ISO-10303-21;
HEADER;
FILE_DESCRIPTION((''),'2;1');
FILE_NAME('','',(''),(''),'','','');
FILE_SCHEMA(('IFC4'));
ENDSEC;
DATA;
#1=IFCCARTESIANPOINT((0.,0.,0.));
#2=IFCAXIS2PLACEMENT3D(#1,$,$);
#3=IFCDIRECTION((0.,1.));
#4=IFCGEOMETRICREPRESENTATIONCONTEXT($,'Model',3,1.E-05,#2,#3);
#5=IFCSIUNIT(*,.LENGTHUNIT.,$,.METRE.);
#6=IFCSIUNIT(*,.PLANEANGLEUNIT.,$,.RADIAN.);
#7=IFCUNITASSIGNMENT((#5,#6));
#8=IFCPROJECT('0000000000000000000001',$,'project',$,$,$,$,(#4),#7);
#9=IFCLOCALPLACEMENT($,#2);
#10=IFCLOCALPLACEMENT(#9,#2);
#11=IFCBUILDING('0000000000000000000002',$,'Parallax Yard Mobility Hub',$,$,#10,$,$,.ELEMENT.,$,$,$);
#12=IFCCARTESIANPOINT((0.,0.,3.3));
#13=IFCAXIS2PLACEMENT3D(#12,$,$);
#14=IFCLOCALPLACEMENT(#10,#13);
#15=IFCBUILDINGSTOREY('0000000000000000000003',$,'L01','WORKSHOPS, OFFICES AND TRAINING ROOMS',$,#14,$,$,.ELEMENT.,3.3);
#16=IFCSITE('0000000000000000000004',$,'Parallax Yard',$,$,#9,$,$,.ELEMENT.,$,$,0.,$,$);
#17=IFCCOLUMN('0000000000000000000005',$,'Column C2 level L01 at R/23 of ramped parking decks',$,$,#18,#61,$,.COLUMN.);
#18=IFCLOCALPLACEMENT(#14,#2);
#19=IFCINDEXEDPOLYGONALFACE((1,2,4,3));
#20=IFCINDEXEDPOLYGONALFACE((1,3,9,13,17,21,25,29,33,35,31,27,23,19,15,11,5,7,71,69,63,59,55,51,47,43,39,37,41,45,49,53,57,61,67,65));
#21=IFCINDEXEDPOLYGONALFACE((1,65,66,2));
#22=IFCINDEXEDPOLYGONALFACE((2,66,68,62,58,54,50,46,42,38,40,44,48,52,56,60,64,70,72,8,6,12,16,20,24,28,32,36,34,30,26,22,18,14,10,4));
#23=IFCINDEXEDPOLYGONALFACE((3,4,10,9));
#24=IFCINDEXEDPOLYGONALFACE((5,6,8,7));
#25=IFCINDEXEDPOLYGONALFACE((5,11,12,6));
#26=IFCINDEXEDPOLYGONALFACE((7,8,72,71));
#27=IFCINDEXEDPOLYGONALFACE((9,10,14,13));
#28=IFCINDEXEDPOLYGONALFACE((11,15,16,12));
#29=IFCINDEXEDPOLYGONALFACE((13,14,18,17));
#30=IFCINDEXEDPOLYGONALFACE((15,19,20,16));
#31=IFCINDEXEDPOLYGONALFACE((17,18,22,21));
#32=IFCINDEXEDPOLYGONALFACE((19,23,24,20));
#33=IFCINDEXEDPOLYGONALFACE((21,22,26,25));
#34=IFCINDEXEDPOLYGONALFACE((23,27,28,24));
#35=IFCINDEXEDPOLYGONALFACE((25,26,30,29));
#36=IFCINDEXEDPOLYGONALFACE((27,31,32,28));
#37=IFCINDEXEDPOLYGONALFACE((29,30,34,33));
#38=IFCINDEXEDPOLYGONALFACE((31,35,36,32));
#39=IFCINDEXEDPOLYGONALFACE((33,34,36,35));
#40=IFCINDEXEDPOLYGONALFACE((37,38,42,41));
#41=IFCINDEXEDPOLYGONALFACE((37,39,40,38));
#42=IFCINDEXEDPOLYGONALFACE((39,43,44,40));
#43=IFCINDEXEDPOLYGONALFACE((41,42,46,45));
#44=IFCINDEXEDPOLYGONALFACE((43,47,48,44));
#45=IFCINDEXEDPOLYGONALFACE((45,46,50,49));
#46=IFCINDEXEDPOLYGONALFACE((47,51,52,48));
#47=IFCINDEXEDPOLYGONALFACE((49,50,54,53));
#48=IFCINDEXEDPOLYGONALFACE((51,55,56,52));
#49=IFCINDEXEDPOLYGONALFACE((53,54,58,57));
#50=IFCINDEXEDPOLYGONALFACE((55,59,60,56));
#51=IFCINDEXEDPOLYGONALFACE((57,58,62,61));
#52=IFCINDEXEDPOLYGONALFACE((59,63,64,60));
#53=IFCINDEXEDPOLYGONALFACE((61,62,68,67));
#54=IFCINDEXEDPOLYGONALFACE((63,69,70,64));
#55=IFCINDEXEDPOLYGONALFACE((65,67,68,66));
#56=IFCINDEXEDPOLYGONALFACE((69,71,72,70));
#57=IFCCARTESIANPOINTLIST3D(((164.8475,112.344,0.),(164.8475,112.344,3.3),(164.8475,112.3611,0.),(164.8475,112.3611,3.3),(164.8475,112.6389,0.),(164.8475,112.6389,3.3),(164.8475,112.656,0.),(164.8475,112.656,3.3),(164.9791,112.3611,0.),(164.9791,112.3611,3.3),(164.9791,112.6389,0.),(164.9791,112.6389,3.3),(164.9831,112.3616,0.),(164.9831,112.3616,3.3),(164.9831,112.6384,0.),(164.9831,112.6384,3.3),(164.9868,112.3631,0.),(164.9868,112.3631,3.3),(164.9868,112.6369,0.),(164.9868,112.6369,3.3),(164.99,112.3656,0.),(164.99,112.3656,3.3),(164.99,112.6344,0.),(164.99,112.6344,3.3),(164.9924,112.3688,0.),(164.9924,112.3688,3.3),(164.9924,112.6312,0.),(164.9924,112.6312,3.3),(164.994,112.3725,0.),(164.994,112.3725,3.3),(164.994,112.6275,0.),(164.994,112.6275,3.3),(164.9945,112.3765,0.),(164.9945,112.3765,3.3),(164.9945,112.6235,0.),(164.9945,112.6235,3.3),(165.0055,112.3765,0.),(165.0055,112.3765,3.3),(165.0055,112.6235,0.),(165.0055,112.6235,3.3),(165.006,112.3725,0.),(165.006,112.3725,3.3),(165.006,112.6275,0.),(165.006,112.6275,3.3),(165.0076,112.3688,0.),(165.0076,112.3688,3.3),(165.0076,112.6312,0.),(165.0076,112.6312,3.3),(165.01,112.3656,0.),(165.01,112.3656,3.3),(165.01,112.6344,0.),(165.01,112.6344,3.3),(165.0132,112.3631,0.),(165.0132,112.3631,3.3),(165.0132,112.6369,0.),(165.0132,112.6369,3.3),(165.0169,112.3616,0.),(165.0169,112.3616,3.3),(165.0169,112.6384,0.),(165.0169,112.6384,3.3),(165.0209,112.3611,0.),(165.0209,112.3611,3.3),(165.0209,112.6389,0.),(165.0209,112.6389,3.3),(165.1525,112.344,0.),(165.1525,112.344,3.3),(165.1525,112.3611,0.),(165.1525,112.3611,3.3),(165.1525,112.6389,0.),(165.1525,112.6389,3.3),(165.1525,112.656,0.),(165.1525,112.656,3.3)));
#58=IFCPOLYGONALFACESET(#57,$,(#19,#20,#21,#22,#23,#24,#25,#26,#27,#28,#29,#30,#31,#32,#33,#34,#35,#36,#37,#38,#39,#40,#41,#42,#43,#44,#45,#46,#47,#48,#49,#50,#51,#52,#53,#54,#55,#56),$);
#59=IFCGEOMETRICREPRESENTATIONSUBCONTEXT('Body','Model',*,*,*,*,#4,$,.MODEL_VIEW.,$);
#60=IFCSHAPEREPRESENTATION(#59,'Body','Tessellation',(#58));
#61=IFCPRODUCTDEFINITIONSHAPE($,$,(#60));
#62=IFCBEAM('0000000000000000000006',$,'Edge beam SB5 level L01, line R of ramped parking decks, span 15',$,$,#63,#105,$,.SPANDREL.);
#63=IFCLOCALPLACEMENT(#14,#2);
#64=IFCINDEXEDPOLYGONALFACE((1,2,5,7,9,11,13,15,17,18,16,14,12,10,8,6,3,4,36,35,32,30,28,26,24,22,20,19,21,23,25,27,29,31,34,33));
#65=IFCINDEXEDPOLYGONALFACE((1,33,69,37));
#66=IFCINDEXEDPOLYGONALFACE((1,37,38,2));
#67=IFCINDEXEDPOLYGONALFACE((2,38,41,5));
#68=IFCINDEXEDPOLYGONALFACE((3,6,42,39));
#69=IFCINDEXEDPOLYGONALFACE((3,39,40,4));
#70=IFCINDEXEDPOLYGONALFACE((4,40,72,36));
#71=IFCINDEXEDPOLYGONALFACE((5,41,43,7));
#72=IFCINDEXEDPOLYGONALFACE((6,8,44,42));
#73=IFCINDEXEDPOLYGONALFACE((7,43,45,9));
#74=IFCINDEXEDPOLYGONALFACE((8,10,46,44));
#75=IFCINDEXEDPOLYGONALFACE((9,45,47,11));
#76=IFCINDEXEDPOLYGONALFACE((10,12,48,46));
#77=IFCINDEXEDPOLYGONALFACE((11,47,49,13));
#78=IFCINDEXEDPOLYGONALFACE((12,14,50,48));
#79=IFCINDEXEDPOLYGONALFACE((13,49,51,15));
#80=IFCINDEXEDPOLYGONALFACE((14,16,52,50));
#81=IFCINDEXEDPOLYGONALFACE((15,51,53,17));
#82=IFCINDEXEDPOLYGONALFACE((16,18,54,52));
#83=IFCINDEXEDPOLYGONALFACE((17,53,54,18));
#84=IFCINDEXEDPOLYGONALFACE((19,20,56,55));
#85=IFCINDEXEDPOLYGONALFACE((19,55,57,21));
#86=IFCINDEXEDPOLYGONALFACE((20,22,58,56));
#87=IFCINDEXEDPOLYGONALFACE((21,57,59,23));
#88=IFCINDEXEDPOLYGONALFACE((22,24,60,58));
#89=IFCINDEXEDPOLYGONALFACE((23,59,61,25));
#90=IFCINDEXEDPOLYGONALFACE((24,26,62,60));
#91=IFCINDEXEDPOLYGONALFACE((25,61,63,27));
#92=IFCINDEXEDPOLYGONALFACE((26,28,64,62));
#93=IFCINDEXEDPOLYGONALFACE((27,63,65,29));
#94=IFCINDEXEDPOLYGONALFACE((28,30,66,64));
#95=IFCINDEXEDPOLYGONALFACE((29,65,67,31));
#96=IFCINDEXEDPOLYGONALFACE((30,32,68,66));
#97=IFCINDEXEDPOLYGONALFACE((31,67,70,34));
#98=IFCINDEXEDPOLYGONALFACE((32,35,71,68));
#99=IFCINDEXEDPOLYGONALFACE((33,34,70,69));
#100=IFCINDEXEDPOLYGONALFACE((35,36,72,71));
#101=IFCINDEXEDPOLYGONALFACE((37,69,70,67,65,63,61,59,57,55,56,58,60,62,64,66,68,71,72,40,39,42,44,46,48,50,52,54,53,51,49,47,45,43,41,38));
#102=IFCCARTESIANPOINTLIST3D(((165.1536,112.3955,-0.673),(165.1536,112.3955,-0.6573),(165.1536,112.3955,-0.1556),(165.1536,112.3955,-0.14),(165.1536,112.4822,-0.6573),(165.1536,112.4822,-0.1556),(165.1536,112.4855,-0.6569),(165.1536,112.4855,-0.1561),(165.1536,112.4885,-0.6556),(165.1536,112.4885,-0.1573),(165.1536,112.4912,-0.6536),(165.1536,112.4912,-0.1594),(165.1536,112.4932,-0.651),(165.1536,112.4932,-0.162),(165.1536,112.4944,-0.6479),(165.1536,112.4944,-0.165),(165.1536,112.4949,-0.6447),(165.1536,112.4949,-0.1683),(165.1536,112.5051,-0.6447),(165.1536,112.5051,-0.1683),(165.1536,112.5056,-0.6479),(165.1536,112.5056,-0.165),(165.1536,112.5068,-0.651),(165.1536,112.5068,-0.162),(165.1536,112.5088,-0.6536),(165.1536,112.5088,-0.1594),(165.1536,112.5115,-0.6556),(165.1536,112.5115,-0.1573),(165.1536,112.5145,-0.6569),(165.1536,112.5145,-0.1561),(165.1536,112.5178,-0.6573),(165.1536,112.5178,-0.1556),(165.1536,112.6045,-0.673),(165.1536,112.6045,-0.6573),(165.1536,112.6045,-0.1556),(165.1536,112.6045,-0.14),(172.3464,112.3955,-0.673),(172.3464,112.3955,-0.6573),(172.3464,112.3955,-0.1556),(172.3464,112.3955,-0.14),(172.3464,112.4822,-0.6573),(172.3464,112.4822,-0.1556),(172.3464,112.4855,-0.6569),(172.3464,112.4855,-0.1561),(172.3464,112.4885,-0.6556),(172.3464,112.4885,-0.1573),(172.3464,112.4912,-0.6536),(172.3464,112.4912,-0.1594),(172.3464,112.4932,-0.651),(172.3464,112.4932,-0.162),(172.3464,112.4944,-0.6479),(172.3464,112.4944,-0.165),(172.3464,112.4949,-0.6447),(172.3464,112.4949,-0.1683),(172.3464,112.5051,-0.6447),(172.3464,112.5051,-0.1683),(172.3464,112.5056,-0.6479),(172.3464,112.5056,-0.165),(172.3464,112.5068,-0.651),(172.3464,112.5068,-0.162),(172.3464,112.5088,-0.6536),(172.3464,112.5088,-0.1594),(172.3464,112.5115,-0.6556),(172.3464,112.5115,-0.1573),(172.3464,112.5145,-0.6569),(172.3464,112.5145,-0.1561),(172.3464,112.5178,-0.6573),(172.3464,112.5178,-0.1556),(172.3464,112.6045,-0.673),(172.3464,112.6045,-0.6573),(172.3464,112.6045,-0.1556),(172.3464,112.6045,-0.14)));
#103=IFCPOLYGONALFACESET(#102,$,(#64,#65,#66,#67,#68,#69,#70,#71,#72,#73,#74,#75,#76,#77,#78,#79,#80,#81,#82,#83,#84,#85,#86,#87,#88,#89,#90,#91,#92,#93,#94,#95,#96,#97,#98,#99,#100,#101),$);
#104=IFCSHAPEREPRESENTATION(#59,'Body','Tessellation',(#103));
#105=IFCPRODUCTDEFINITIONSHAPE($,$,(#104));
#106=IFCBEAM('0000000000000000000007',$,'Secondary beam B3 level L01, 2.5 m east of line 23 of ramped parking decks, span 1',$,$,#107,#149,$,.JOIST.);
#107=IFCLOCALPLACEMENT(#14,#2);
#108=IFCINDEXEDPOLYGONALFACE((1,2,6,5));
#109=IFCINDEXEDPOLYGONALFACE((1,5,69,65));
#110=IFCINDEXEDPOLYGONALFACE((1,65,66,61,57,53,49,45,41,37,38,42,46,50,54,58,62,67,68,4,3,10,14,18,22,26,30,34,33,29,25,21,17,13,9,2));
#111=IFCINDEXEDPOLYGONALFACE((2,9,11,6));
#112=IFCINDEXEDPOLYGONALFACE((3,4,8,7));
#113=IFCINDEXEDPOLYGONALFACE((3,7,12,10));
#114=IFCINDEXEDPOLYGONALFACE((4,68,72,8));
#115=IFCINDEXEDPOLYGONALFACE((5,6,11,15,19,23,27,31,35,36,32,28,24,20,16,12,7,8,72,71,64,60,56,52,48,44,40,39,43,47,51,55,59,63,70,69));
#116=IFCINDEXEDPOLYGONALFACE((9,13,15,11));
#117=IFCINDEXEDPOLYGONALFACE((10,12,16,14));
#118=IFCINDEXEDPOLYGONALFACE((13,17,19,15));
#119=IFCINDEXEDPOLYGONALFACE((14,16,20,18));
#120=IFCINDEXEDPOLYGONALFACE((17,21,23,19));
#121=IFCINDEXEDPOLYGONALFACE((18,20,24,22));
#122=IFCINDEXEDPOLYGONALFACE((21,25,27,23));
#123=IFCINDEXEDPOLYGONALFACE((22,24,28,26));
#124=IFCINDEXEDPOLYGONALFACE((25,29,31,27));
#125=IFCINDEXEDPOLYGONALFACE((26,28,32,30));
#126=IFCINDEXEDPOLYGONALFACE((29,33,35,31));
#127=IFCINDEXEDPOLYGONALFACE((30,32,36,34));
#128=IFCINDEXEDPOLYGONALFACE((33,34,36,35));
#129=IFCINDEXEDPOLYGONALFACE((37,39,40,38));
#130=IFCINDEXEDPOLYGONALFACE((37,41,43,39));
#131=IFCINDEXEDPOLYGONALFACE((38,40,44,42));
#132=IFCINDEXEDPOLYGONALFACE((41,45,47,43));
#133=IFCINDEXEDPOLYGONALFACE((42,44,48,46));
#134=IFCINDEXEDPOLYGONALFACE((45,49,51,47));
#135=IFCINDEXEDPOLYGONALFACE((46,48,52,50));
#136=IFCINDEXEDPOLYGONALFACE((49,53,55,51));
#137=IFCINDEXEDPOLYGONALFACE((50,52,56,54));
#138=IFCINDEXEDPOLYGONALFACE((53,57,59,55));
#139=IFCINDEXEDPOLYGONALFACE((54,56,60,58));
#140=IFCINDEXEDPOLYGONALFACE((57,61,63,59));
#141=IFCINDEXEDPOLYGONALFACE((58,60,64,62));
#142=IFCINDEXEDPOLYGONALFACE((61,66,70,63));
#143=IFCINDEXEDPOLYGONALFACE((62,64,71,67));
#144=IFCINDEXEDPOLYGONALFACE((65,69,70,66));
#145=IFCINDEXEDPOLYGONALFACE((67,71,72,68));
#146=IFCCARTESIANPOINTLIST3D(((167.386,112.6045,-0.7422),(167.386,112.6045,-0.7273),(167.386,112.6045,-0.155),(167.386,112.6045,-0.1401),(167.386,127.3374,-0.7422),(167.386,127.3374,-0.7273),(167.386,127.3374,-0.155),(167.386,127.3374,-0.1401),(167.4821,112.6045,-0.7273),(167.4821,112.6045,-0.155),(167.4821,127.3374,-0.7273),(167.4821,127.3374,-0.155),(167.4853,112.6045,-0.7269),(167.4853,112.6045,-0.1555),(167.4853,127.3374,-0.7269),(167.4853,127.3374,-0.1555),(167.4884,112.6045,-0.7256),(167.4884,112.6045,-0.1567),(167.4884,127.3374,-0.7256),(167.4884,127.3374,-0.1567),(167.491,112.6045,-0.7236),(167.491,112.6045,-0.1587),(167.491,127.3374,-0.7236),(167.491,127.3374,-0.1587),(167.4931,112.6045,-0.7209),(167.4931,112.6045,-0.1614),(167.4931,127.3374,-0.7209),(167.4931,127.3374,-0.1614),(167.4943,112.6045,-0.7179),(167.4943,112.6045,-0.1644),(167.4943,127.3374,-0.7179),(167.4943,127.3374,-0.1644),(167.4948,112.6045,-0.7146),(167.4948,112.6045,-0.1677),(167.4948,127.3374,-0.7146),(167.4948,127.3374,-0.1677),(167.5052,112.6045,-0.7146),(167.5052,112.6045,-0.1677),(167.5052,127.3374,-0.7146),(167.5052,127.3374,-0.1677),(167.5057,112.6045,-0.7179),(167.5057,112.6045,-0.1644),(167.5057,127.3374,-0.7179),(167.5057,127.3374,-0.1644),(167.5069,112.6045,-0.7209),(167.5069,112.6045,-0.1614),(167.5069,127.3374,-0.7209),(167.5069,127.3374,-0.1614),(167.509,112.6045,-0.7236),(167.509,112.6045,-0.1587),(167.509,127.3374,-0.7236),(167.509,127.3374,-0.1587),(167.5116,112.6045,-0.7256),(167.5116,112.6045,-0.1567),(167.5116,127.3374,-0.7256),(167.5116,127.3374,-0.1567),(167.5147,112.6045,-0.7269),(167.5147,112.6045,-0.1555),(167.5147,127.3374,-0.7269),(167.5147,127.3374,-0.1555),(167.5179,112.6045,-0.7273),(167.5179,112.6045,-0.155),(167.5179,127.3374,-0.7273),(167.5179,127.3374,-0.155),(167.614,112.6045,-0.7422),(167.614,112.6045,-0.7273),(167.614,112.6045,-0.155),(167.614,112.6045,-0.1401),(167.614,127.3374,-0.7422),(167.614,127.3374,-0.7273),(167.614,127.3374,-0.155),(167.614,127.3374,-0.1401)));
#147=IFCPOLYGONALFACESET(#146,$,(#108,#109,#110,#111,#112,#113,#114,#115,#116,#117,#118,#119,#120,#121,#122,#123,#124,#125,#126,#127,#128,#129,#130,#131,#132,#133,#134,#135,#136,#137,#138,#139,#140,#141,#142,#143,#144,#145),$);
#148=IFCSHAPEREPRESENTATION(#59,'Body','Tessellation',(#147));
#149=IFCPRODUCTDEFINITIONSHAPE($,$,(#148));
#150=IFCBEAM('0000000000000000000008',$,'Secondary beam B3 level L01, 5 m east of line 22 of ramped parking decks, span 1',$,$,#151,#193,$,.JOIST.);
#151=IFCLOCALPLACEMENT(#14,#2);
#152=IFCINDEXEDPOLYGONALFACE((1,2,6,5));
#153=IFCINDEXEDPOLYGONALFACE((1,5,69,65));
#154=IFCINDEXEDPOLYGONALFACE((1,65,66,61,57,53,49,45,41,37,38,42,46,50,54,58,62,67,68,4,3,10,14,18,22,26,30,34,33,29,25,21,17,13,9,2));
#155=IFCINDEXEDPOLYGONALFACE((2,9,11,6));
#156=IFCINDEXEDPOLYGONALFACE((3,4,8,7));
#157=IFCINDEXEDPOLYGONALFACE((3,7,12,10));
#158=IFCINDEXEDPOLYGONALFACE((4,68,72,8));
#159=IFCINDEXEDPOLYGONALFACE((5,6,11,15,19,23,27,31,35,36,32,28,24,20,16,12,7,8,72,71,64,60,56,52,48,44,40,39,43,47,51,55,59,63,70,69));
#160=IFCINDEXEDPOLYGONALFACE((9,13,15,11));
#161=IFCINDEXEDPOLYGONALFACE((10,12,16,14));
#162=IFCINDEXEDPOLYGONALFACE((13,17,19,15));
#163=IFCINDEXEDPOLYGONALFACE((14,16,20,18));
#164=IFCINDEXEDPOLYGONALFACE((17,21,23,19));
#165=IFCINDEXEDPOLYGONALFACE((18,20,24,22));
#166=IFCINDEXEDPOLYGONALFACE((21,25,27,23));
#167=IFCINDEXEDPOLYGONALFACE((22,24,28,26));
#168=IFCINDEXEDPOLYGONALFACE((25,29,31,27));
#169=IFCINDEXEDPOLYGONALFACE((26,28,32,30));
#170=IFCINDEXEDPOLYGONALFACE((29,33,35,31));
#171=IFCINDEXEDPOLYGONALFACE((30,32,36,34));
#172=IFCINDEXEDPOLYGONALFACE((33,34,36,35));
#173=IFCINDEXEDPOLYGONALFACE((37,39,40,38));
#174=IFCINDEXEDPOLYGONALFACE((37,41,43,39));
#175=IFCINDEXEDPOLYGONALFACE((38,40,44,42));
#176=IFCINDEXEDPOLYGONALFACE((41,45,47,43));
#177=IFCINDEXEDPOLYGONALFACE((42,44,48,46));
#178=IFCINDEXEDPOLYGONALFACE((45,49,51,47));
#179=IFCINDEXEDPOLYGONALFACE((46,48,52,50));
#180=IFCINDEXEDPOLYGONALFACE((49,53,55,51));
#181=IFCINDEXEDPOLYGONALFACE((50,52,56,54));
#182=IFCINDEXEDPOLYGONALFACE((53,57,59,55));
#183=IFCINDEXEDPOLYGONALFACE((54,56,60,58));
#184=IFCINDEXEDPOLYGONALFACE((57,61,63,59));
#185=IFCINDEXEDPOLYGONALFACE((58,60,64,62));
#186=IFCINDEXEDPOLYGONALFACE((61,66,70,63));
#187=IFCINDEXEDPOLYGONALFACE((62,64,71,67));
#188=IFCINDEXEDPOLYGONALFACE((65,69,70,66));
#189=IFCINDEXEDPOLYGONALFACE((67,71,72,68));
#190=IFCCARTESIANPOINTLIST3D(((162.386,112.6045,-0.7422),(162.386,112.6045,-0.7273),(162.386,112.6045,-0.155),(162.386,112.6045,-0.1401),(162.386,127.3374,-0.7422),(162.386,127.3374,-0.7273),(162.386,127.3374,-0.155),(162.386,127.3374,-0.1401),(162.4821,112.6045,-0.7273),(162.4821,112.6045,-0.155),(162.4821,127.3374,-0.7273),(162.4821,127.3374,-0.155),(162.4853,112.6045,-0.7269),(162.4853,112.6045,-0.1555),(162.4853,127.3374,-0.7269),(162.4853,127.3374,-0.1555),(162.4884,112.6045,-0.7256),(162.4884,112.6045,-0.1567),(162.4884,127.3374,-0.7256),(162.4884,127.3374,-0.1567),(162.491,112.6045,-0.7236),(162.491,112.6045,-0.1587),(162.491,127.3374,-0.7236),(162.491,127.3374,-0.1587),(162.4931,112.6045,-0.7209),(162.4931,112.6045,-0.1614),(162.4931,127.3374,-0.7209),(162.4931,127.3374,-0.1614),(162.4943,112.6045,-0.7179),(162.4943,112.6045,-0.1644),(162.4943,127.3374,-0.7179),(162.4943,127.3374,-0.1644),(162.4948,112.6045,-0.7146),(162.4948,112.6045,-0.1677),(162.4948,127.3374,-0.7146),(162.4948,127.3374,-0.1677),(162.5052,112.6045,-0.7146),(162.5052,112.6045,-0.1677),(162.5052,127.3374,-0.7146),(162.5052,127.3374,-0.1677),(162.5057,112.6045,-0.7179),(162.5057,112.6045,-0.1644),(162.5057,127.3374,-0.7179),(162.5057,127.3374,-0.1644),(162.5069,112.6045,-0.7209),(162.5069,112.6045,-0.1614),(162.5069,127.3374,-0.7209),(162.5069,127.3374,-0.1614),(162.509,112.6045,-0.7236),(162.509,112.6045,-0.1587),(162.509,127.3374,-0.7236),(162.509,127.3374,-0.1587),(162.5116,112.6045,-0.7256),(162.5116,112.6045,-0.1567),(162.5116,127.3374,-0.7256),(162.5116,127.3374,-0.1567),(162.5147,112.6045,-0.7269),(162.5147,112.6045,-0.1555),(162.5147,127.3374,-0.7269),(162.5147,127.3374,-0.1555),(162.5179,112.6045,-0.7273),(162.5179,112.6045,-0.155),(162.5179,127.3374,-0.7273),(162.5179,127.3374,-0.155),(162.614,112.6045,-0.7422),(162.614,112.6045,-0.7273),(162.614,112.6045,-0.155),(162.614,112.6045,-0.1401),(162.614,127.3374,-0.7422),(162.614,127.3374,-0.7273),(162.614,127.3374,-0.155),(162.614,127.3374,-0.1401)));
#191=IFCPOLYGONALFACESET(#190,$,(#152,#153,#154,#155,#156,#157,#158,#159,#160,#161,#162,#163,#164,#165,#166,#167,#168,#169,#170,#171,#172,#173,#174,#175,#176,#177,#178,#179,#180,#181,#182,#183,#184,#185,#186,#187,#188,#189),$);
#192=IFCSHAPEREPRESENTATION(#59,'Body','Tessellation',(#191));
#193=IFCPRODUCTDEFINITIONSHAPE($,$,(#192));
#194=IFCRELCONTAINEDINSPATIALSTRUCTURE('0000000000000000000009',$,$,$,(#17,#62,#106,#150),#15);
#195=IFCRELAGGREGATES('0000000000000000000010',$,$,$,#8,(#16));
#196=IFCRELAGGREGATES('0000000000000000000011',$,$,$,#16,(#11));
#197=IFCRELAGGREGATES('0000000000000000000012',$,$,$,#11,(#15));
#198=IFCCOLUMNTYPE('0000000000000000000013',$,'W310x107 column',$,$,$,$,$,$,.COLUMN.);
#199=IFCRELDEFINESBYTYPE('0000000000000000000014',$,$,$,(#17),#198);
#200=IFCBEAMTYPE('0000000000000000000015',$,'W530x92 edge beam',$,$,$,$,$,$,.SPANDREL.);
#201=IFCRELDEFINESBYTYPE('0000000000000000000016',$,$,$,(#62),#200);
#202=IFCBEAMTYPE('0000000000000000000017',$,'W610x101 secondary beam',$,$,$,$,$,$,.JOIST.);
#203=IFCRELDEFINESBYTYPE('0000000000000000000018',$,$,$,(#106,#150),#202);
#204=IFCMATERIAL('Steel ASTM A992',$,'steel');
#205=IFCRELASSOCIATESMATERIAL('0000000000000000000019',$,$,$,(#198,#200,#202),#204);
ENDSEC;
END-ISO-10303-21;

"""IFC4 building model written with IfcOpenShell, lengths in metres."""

from ifc_helpers import new_model, si_unit, direction, frame, origin, origin_2d, place, context, subcontext, project, spatial, i_section, extrude, material, material_profile, profile_set, type_object, element, save


model = new_model("IFC4")

# Units and contexts
model_context = context("Model", 3, precision=1e-05, world=origin(), true_north=direction((0.0, 1.0)))
body_context = subcontext(model_context, "Body", "Model", "MODEL_VIEW")
ifc_project = project(units=[si_unit("LENGTHUNIT", "METRE"), si_unit("PLANEANGLEUNIT", "RADIAN")], contexts=[model_context])

# Site, building, storey
site_placement = place(None, origin())
site = spatial("IfcSite", under=ifc_project, at=site_placement, Name="Parallax Yard", CompositionType="ELEMENT", RefElevation=0.0)
building_placement = place(site_placement, origin())
building = spatial("IfcBuilding", under=site, at=building_placement, Name="Parallax Yard Mobility Hub", CompositionType="ELEMENT")
storey_placement = place(building_placement, frame((0.0, 0.0, 3.3)))
storey = spatial("IfcBuildingStorey", under=building, at=storey_placement, Name="L01", Description="WORKSHOPS, OFFICES AND TRAINING ROOMS", CompositionType="ELEMENT", Elevation=3.3)

# Column
ifc_material_1 = material(Name="Steel ASTM A992", Category="steel")
ifc_material_profile_1 = material_profile(ifc_material_1, i_section(OverallWidth=0.3049, OverallDepth=0.312, WebThickness=0.011, FlangeThickness=0.0171, FilletRadius=0.0154, at=origin_2d()), Name="W310x107")
ifc_profile_set_1 = profile_set([ifc_material_profile_1], Name="Steel ASTM A992")
column_type = type_object("IfcColumnType", Name="W310x107 column", PredefinedType="COLUMN", material=ifc_profile_set_1)
column_placement = place(storey_placement, frame((165.0, 112.5, 0.0), z_axis=(0.0, 0.0, 1.0), x_axis=(1.0, 0.0, 0.0)))
element("IfcColumn", 1, at=column_placement, inside=storey, type_object=column_type, Name="Column C2 level L01 at R/23 of ramped parking decks", PredefinedType="COLUMN", context=body_context, shape_type="SweptSolid", body=[
    extrude(i_section(OverallWidth=0.3049, OverallDepth=0.312, WebThickness=0.011, FlangeThickness=0.0171, FilletRadius=0.0154, at=origin_2d()), origin(), (0.0, 0.0, 1.0), 3.3),
])

# Beams
ifc_material_profile_2 = material_profile(ifc_material_1, i_section(OverallWidth=0.209, OverallDepth=0.533, WebThickness=0.0103, FlangeThickness=0.0156, FilletRadius=0.0127, at=origin_2d()), Name="W530x92")
ifc_profile_set_2 = profile_set([ifc_material_profile_2], Name="Steel ASTM A992")
beam_type_1 = type_object("IfcBeamType", Name="W530x92 edge beam", PredefinedType="SPANDREL", material=ifc_profile_set_2)
beam_placement = place(storey_placement, frame((165.1536, 112.5, -0.4065), z_axis=(1.0, 0.0, 0.0), x_axis=(0.0, 1.0, 0.0)))
element("IfcBeam", 2, at=beam_placement, inside=storey, type_object=beam_type_1, Name="Edge beam SB5 level L01, line R of ramped parking decks, span 15", PredefinedType="SPANDREL", context=body_context, shape_type="SweptSolid", body=[
    extrude(i_section(OverallWidth=0.209, OverallDepth=0.533, WebThickness=0.0103, FlangeThickness=0.0156, FilletRadius=0.0127, at=origin_2d()), origin(), (0.0, 0.0, 1.0), 7.1929),
])
ifc_material_profile_3 = material_profile(ifc_material_1, i_section(OverallWidth=0.228, OverallDepth=0.6021, WebThickness=0.0105, FlangeThickness=0.0149, FilletRadius=0.0127, at=origin_2d()), Name="W610x101")
ifc_profile_set_3 = profile_set([ifc_material_profile_3], Name="Steel ASTM A992")
beam_type_2 = type_object("IfcBeamType", Name="W610x101 secondary beam", PredefinedType="JOIST", material=ifc_profile_set_3)
for number, where, z_axis, x_axis, name in (
    (3, (167.5, 112.6045, -0.4412), (0.0, 1.0, 0.0), (-1.0, 0.0, 0.0), "Secondary beam B3 level L01, 2.5 m east of line 23 of ramped parking decks, span 1"),
    (4, (162.5, 112.6045, -0.4412), (0.0, 1.0, 0.0), (-1.0, 0.0, 0.0), "Secondary beam B3 level L01, 5 m east of line 22 of ramped parking decks, span 1"),
):
    element("IfcBeam", number, at=place(storey_placement, frame(where, z_axis=z_axis, x_axis=x_axis)), inside=storey, type_object=beam_type_2, Name=name, PredefinedType="JOIST", context=body_context, shape_type="SweptSolid", body=[
        extrude(i_section(OverallWidth=0.228, OverallDepth=0.6021, WebThickness=0.0105, FlangeThickness=0.0149, FilletRadius=0.0127, at=origin_2d()), origin(), (0.0, 0.0, 1.0), 14.7329),
    ])

save(model, "model.ifc")
